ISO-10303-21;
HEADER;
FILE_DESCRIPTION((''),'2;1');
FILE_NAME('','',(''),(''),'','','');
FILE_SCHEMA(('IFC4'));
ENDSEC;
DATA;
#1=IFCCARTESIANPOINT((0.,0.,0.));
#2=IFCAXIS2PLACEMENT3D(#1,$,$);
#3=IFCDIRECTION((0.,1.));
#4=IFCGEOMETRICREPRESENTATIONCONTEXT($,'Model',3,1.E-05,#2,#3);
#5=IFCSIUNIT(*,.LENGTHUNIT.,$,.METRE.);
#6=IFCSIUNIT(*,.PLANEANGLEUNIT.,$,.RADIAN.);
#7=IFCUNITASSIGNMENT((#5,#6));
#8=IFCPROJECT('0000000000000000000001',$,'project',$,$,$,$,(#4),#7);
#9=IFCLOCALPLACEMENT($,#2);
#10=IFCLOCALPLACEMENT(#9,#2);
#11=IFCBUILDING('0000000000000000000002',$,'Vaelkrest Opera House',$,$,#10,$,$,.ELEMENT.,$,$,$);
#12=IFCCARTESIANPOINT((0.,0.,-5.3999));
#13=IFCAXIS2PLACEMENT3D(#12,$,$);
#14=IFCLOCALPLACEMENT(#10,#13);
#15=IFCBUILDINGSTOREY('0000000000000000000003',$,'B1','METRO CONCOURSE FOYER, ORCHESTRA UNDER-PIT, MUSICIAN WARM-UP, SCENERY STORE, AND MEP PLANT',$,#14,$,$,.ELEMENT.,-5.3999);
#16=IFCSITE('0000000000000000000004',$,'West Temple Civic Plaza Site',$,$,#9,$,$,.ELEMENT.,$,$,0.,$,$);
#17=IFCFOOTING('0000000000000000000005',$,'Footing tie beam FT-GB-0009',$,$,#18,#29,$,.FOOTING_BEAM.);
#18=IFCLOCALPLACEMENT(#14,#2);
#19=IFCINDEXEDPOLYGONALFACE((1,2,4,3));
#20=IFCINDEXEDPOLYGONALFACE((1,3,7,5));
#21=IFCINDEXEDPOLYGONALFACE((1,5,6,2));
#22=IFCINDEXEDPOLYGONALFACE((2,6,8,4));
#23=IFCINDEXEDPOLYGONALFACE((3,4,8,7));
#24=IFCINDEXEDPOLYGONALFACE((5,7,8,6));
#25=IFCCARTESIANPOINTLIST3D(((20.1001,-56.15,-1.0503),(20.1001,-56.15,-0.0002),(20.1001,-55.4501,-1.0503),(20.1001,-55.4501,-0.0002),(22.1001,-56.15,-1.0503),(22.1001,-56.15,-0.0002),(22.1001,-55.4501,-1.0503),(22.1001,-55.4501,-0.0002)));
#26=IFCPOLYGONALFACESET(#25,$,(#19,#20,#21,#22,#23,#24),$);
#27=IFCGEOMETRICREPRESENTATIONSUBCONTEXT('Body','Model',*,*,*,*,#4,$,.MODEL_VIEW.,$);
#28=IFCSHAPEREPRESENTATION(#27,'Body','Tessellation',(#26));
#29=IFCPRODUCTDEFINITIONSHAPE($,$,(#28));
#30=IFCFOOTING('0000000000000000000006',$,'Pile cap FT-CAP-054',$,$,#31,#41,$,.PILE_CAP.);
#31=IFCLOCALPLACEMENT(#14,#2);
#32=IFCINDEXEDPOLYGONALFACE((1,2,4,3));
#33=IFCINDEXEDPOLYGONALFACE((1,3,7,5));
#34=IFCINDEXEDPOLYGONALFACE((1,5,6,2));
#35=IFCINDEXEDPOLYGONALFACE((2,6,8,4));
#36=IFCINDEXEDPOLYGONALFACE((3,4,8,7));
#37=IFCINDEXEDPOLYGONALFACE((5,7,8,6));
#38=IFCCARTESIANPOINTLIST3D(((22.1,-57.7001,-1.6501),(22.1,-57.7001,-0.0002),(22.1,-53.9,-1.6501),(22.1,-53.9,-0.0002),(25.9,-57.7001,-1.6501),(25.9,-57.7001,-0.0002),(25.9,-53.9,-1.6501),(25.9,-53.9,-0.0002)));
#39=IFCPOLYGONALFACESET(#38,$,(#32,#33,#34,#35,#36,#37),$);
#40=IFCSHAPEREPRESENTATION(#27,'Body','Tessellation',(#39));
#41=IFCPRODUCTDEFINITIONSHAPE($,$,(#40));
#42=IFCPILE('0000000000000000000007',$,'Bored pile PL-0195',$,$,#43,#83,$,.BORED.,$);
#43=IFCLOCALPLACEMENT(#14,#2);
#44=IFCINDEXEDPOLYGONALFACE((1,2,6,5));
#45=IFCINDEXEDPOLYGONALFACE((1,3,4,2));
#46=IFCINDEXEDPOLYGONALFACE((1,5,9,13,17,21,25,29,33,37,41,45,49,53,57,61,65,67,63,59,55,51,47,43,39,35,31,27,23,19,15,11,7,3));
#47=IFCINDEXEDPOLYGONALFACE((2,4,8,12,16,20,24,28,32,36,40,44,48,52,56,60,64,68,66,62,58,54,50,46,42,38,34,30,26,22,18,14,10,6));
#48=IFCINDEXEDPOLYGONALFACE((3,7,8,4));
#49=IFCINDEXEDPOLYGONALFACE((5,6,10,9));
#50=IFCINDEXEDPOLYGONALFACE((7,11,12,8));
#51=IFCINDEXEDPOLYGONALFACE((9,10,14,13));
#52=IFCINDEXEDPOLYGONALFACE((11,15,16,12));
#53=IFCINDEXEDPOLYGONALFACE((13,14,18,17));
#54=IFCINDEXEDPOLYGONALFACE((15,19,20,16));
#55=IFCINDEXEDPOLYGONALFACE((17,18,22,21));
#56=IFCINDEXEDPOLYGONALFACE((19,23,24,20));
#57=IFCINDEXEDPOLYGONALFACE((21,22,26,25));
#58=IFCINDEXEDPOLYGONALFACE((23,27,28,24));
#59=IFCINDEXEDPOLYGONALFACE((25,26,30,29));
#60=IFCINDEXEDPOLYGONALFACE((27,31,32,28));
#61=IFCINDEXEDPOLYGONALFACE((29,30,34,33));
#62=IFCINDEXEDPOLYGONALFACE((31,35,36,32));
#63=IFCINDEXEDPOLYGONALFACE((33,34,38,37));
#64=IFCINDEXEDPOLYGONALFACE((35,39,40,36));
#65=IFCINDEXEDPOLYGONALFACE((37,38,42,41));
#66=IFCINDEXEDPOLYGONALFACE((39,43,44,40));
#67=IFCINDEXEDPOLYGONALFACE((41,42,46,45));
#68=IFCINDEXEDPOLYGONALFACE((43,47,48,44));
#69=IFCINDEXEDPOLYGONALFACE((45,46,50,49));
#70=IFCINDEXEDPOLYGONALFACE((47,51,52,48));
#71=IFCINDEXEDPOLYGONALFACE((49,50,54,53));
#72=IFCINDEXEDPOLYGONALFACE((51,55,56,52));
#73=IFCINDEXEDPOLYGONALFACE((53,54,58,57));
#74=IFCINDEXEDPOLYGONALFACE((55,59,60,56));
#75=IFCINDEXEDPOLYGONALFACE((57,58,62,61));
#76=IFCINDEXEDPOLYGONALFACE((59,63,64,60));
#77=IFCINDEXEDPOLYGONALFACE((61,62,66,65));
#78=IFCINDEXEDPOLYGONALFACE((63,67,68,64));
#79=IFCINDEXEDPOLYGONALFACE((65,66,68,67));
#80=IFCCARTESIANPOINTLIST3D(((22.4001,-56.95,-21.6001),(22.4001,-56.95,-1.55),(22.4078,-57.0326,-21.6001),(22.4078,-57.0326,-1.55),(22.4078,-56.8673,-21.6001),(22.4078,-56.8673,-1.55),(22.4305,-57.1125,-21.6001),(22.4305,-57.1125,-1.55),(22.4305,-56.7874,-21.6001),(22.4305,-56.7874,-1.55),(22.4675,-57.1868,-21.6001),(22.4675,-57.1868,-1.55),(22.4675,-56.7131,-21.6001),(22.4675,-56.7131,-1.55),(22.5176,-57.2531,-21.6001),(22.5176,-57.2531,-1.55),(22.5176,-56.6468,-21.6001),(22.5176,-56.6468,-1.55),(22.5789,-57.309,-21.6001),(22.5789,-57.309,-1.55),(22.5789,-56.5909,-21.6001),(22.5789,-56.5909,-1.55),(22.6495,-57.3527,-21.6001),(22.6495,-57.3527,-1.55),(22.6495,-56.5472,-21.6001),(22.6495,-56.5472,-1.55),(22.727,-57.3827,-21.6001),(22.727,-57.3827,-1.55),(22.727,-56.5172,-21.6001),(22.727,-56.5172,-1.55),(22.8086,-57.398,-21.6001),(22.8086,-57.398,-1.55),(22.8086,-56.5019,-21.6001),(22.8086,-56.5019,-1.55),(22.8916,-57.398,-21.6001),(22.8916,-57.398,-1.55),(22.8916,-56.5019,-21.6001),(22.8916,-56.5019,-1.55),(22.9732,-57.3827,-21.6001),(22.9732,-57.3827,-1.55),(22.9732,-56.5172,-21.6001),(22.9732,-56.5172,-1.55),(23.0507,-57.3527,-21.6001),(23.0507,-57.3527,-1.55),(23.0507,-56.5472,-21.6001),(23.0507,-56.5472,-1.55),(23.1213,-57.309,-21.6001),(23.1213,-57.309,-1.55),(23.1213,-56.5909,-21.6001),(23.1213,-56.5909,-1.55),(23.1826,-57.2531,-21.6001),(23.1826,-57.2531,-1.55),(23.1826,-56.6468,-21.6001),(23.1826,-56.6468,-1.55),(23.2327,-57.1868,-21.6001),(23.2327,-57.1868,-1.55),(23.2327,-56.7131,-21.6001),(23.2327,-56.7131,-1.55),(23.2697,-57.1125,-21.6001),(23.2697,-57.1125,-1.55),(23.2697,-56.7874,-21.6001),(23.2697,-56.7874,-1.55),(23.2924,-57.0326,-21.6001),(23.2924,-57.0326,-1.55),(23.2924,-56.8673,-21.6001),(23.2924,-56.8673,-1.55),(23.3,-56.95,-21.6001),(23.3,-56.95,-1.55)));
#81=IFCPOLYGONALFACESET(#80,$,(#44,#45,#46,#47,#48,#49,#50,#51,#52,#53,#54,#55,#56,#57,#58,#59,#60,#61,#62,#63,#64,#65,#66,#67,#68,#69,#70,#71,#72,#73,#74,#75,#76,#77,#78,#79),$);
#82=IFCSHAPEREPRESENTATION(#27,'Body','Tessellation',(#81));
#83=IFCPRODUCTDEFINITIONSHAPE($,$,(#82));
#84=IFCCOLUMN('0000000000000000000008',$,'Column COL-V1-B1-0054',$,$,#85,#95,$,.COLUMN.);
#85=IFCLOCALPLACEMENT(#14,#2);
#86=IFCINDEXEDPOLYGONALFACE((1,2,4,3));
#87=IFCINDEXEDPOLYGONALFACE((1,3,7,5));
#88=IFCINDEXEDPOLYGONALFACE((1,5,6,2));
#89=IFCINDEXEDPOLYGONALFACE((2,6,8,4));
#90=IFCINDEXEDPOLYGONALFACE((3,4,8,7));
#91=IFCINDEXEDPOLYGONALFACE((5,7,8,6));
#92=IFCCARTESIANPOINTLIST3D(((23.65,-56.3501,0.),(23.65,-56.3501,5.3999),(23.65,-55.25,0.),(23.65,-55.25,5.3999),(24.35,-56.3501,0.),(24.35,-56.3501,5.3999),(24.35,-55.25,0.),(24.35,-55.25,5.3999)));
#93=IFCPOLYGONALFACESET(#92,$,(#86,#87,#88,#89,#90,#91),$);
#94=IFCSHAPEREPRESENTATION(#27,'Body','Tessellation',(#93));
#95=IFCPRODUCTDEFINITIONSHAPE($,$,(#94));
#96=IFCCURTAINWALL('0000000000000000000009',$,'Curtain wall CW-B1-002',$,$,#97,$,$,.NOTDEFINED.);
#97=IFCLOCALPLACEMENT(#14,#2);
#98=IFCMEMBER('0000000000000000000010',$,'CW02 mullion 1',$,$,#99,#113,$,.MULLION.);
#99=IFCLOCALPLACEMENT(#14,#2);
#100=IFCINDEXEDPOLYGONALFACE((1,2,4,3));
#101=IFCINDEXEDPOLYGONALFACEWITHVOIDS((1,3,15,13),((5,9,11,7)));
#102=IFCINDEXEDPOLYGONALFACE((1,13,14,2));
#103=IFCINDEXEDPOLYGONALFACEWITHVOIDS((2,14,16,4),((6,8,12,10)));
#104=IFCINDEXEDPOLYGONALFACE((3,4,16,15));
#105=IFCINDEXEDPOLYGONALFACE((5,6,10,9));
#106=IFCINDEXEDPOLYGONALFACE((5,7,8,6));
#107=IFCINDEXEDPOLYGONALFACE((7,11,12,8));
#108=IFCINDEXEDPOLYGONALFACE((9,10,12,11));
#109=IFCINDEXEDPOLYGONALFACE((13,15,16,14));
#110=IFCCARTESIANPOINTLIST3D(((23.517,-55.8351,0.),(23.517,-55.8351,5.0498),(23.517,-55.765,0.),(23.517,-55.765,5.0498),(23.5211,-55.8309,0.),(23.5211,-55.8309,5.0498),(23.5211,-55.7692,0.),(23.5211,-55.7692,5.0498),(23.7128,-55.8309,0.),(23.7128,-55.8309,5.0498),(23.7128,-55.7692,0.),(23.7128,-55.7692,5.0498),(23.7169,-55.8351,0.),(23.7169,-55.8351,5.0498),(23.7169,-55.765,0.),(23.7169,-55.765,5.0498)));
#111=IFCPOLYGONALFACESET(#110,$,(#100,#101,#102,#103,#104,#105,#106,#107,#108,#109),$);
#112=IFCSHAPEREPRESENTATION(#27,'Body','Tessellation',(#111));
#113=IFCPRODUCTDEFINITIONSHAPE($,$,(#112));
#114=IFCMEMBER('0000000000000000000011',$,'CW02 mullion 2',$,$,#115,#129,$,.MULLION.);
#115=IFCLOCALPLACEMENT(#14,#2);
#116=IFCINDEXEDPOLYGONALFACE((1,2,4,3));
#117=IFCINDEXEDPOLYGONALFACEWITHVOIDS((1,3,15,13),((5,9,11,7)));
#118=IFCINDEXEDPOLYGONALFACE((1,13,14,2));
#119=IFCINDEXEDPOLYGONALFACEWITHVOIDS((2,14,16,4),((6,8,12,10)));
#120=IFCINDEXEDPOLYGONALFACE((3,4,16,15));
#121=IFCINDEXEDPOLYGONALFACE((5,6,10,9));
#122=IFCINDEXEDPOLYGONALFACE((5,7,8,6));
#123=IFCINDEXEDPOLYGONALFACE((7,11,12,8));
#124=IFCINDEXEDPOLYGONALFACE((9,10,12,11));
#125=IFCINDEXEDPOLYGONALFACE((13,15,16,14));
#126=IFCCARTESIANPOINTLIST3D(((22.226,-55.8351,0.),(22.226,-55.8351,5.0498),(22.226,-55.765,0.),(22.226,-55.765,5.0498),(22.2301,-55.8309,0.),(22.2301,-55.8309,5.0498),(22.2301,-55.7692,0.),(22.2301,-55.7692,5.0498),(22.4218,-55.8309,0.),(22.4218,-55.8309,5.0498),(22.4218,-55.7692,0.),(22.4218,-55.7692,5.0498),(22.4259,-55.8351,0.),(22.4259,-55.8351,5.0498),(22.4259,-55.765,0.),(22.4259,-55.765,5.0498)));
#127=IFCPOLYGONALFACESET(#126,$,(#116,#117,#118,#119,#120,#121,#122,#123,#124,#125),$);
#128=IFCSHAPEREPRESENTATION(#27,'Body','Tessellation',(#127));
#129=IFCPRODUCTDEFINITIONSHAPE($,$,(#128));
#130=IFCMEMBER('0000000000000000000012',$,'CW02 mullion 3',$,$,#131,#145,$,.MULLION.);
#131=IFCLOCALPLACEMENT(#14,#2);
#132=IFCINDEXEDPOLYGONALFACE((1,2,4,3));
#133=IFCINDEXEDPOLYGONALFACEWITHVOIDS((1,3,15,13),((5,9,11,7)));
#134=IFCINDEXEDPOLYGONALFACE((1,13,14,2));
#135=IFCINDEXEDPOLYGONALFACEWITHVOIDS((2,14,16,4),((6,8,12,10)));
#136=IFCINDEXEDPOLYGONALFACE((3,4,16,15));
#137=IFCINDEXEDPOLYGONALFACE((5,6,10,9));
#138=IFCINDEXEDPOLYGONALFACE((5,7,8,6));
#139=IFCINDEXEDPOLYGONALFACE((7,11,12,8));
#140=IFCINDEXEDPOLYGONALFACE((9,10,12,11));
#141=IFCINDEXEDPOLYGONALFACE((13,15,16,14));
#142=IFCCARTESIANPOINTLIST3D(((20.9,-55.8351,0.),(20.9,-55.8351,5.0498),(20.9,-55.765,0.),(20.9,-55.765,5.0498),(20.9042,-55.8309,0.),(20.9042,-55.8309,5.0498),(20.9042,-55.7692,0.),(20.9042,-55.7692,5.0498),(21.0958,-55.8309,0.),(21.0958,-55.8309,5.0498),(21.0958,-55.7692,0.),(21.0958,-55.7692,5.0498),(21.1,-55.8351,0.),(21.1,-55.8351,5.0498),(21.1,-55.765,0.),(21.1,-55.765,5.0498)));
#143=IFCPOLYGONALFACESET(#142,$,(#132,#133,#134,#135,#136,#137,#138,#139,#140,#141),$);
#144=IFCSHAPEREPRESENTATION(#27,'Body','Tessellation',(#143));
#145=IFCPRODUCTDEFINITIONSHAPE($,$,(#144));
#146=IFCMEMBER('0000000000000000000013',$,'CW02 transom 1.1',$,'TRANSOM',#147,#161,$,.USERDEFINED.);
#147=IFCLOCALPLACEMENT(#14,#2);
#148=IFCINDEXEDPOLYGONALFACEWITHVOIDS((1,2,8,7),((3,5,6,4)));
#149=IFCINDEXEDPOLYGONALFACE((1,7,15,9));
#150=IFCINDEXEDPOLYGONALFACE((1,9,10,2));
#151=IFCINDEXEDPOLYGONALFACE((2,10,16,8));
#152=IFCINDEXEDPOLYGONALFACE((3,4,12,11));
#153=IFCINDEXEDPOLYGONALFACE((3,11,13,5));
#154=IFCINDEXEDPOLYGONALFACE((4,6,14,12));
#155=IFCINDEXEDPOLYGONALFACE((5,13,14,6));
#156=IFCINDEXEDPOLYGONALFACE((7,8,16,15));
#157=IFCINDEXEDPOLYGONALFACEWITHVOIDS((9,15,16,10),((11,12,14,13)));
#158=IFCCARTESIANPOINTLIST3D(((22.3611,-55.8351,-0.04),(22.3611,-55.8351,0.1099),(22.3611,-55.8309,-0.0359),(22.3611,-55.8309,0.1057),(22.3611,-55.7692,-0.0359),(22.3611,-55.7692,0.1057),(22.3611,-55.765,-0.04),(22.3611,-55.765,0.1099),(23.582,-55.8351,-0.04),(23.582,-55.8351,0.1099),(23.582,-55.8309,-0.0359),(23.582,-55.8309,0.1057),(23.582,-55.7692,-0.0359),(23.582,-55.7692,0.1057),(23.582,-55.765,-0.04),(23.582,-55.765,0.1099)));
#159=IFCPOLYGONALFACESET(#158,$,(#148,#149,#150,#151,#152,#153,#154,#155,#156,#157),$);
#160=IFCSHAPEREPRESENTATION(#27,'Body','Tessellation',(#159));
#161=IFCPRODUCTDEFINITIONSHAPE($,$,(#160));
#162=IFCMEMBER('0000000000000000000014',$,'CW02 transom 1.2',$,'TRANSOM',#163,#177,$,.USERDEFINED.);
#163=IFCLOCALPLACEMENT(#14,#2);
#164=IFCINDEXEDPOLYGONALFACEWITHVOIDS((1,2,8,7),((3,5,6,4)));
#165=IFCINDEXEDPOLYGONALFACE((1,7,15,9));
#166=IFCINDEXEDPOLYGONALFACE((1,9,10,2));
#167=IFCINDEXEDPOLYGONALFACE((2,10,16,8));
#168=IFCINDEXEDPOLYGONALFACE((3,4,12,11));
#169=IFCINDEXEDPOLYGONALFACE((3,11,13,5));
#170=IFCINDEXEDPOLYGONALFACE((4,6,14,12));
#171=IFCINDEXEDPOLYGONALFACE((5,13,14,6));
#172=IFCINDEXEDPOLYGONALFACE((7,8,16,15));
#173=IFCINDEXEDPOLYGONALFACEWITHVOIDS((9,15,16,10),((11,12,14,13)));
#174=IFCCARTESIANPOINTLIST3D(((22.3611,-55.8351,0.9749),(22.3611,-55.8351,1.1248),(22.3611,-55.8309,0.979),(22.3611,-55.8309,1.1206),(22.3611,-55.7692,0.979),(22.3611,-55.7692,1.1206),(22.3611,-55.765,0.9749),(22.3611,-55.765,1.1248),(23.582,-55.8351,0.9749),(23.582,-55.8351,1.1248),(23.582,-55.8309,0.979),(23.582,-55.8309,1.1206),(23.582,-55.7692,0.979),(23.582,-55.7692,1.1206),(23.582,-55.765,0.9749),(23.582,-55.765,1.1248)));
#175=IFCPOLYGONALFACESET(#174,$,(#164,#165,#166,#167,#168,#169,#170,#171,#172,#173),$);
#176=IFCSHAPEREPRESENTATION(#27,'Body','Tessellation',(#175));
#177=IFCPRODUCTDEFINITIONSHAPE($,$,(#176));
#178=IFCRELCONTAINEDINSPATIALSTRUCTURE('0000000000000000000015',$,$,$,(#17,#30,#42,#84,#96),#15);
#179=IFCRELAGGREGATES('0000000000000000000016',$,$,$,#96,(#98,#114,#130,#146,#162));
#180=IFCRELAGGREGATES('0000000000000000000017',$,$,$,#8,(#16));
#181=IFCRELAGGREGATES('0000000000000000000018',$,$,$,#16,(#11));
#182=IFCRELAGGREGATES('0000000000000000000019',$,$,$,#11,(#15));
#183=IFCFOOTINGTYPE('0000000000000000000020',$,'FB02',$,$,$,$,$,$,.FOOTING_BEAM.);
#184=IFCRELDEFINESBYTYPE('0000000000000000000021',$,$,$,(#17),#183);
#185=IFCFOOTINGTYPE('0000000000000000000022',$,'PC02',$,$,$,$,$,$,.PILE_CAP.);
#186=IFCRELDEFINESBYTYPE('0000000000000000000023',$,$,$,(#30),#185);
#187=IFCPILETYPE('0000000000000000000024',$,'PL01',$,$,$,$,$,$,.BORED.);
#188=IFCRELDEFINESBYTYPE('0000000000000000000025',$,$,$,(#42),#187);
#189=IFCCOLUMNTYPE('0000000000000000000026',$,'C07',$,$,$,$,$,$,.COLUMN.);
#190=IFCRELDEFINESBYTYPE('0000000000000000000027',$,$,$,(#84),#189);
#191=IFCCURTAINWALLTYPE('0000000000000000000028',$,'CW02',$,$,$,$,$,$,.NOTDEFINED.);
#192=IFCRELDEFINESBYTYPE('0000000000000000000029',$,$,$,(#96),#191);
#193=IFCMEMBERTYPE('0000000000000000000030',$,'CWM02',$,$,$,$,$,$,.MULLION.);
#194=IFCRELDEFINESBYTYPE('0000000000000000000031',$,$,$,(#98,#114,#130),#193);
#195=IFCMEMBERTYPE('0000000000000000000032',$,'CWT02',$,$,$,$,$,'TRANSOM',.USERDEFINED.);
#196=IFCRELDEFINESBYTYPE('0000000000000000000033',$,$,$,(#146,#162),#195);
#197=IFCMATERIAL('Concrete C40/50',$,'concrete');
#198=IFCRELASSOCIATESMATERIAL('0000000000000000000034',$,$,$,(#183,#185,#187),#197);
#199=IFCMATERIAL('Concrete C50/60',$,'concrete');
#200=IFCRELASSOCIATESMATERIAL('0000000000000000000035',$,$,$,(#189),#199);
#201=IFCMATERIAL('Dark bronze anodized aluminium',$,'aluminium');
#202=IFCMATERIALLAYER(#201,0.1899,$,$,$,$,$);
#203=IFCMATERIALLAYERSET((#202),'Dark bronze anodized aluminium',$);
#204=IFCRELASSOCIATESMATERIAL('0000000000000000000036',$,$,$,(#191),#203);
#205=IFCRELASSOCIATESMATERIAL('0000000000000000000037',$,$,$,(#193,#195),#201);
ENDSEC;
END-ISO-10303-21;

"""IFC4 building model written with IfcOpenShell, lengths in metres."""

from ifc_helpers import new_model, si_unit, direction, frame, origin, origin_2d, place, context, subcontext, project, spatial, rectangle, hollow_rectangle, circle, extrude, material, layer, layer_set, material_profile, profile_set, type_object, element, aggregate, save


model = new_model("IFC4")

# Units and contexts
model_context = context("Model", 3, precision=1e-05, world=origin(), true_north=direction((0.0, 1.0)))
body_context = subcontext(model_context, "Body", "Model", "MODEL_VIEW")
ifc_project = project(units=[si_unit("LENGTHUNIT", "METRE"), si_unit("PLANEANGLEUNIT", "RADIAN")], contexts=[model_context])

# Site, building, storey
site_placement = place(None, origin())
site = spatial("IfcSite", under=ifc_project, at=site_placement, Name="West Temple Civic Plaza Site", CompositionType="ELEMENT", RefElevation=0.0)
building_placement = place(site_placement, origin())
building = spatial("IfcBuilding", under=site, at=building_placement, Name="Vaelkrest Opera House", CompositionType="ELEMENT")
storey_placement = place(building_placement, frame((0.0, 0.0, -5.3999)))
storey = spatial("IfcBuildingStorey", under=building, at=storey_placement, Name="B1", Description="METRO CONCOURSE FOYER, ORCHESTRA UNDER-PIT, MUSICIAN WARM-UP, SCENERY STORE, AND MEP PLANT", CompositionType="ELEMENT", Elevation=-5.3999)

# Footings
ifc_material_1 = material(Name="Concrete C40/50", Category="concrete")
footing_type_1 = type_object("IfcFootingType", Name="FB02", PredefinedType="FOOTING_BEAM", material=ifc_material_1)
footing_1_placement = place(storey_placement, frame((21.1001, -55.8, -1.0503), z_axis=(0.0, 0.0, 1.0), x_axis=(1.0, 0.0, 0.0)))
element("IfcFooting", 1, at=footing_1_placement, inside=storey, type_object=footing_type_1, Name="Footing tie beam FT-GB-0009", PredefinedType="FOOTING_BEAM", context=body_context, shape_type="SweptSolid", body=[
    extrude(rectangle(XDim=2.0, YDim=0.7, at=origin_2d()), origin(), (0.0, 0.0, 1.0), 1.05),
])
footing_type_2 = type_object("IfcFootingType", Name="PC02", PredefinedType="PILE_CAP", material=ifc_material_1)
footing_2_placement = place(storey_placement, frame((24.0, -55.8, -1.6501), z_axis=(0.0, 0.0, 1.0), x_axis=(1.0, 0.0, 0.0)))
element("IfcFooting", 2, at=footing_2_placement, inside=storey, type_object=footing_type_2, Name="Pile cap FT-CAP-054", PredefinedType="PILE_CAP", context=body_context, shape_type="SweptSolid", body=[
    extrude(rectangle(XDim=3.8, YDim=3.8, at=origin_2d()), origin(), (0.0, 0.0, 1.0), 1.6499),
])

# Pile
ifc_material_profile_1 = material_profile(ifc_material_1, circle(Radius=0.45, at=origin_2d()), Name="PILE900")
ifc_profile_set_1 = profile_set([ifc_material_profile_1], Name="Concrete C40/50")
pile_type = type_object("IfcPileType", Name="PL01", PredefinedType="BORED", material=ifc_profile_set_1)
pile_placement = place(storey_placement, frame((22.8501, -56.95, -1.55), z_axis=(0.0, 0.0, -1.0), x_axis=(1.0, 0.0, 0.0)))
element("IfcPile", 3, at=pile_placement, inside=storey, type_object=pile_type, Name="Bored pile PL-0195", PredefinedType="BORED", context=body_context, shape_type="SweptSolid", body=[
    extrude(circle(Radius=0.45, at=origin_2d()), origin(), (0.0, 0.0, 1.0), 20.05),
])

# Column
ifc_material_2 = material(Name="Concrete C50/60", Category="concrete")
ifc_material_profile_2 = material_profile(ifc_material_2, rectangle(XDim=0.7, YDim=1.1001, at=origin_2d()), Name="RC700X1100")
ifc_profile_set_2 = profile_set([ifc_material_profile_2], Name="Concrete C50/60")
column_type = type_object("IfcColumnType", Name="C07", PredefinedType="COLUMN", material=ifc_profile_set_2)
column_placement = place(storey_placement, frame((24.0, -55.8, 0.0), z_axis=(0.0, 0.0, 1.0), x_axis=(1.0, 0.0, 0.0)))
element("IfcColumn", 4, at=column_placement, inside=storey, type_object=column_type, Name="Column COL-V1-B1-0054", PredefinedType="COLUMN", context=body_context, shape_type="SweptSolid", body=[
    extrude(rectangle(XDim=0.7, YDim=1.1001, at=origin_2d()), origin(), (0.0, 0.0, 1.0), 5.3999),
])

# Curtain wall, members
ifc_material_3 = material(Name="Dark bronze anodized aluminium", Category="aluminium")
ifc_layer_1 = layer(ifc_material_3, 0.1899)
ifc_layer_set_1 = layer_set([ifc_layer_1], Name="Dark bronze anodized aluminium")
curtain_wall_type = type_object("IfcCurtainWallType", Name="CW02", PredefinedType="NOTDEFINED", material=ifc_layer_set_1)
curtain_wall_placement = place(storey_placement, origin())
curtain_wall = element("IfcCurtainWall", 5, at=curtain_wall_placement, inside=storey, type_object=curtain_wall_type, Name="Curtain wall CW-B1-002", PredefinedType="NOTDEFINED")
ifc_material_profile_3 = material_profile(ifc_material_3, hollow_rectangle(XDim=0.0701, YDim=0.2, WallThickness=0.0042, at=origin_2d()), Name="CWM70X200")
ifc_profile_set_3 = profile_set([ifc_material_profile_3], Name="Dark bronze anodized aluminium")
member_type_1 = type_object("IfcMemberType", Name="CWM02", PredefinedType="MULLION", material=ifc_profile_set_3)
member_1_placement = place(storey_placement, frame((23.6169, -55.8, 0.0), z_axis=(0.0, 0.0, 1.0), x_axis=(0.0, -1.0, 0.0)))
member_1 = element("IfcMember", 6, at=member_1_placement, type_object=member_type_1, Name="CW02 mullion 1", PredefinedType="MULLION", context=body_context, shape_type="SweptSolid", body=[
    extrude(hollow_rectangle(XDim=0.0701, YDim=0.2, WallThickness=0.0042, at=origin_2d()), origin(), (0.0, 0.0, 1.0), 5.0498),
])
member_2_placement = place(storey_placement, frame((22.3259, -55.8, 0.0), z_axis=(0.0, 0.0, 1.0), x_axis=(0.0, -1.0, 0.0)))
member_2 = element("IfcMember", 7, at=member_2_placement, type_object=member_type_1, Name="CW02 mullion 2", PredefinedType="MULLION", context=body_context, shape_type="SweptSolid", body=[
    extrude(hollow_rectangle(XDim=0.0701, YDim=0.2, WallThickness=0.0042, at=origin_2d()), origin(), (0.0, 0.0, 1.0), 5.0498),
])
member_3_placement = place(storey_placement, frame((21.0, -55.8, 0.0), z_axis=(0.0, 0.0, 1.0), x_axis=(0.0, -1.0, 0.0)))
member_3 = element("IfcMember", 8, at=member_3_placement, type_object=member_type_1, Name="CW02 mullion 3", PredefinedType="MULLION", context=body_context, shape_type="SweptSolid", body=[
    extrude(hollow_rectangle(XDim=0.0701, YDim=0.2, WallThickness=0.0042, at=origin_2d()), origin(), (0.0, 0.0, 1.0), 5.0498),
])
ifc_material_profile_4 = material_profile(ifc_material_3, hollow_rectangle(XDim=0.0701, YDim=0.1499, WallThickness=0.0042, at=origin_2d()), Name="CWT70X150")
ifc_profile_set_4 = profile_set([ifc_material_profile_4], Name="Dark bronze anodized aluminium")
member_type_2 = type_object("IfcMemberType", Name="CWT02", ElementType="TRANSOM", PredefinedType="USERDEFINED", material=ifc_profile_set_4)
member_4_placement = place(storey_placement, frame((23.582, -55.8, 0.0349), z_axis=(-1.0, 0.0, 0.0), x_axis=(0.0, -1.0, 0.0)))
member_4 = element("IfcMember", 9, at=member_4_placement, type_object=member_type_2, Name="CW02 transom 1.1", ObjectType="TRANSOM", PredefinedType="USERDEFINED", context=body_context, shape_type="SweptSolid", body=[
    extrude(hollow_rectangle(XDim=0.0701, YDim=0.1499, WallThickness=0.0042, at=origin_2d()), origin(), (0.0, 0.0, 1.0), 1.2209),
])
member_5_placement = place(storey_placement, frame((23.582, -55.8, 1.0498), z_axis=(-1.0, 0.0, 0.0), x_axis=(0.0, -1.0, 0.0)))
member_5 = element("IfcMember", 10, at=member_5_placement, type_object=member_type_2, Name="CW02 transom 1.2", ObjectType="TRANSOM", PredefinedType="USERDEFINED", context=body_context, shape_type="SweptSolid", body=[
    extrude(hollow_rectangle(XDim=0.0701, YDim=0.1499, WallThickness=0.0042, at=origin_2d()), origin(), (0.0, 0.0, 1.0), 1.2209),
])
aggregate(curtain_wall, [member_1, member_2, member_3, member_4, member_5])

save(model, "model.ifc")
